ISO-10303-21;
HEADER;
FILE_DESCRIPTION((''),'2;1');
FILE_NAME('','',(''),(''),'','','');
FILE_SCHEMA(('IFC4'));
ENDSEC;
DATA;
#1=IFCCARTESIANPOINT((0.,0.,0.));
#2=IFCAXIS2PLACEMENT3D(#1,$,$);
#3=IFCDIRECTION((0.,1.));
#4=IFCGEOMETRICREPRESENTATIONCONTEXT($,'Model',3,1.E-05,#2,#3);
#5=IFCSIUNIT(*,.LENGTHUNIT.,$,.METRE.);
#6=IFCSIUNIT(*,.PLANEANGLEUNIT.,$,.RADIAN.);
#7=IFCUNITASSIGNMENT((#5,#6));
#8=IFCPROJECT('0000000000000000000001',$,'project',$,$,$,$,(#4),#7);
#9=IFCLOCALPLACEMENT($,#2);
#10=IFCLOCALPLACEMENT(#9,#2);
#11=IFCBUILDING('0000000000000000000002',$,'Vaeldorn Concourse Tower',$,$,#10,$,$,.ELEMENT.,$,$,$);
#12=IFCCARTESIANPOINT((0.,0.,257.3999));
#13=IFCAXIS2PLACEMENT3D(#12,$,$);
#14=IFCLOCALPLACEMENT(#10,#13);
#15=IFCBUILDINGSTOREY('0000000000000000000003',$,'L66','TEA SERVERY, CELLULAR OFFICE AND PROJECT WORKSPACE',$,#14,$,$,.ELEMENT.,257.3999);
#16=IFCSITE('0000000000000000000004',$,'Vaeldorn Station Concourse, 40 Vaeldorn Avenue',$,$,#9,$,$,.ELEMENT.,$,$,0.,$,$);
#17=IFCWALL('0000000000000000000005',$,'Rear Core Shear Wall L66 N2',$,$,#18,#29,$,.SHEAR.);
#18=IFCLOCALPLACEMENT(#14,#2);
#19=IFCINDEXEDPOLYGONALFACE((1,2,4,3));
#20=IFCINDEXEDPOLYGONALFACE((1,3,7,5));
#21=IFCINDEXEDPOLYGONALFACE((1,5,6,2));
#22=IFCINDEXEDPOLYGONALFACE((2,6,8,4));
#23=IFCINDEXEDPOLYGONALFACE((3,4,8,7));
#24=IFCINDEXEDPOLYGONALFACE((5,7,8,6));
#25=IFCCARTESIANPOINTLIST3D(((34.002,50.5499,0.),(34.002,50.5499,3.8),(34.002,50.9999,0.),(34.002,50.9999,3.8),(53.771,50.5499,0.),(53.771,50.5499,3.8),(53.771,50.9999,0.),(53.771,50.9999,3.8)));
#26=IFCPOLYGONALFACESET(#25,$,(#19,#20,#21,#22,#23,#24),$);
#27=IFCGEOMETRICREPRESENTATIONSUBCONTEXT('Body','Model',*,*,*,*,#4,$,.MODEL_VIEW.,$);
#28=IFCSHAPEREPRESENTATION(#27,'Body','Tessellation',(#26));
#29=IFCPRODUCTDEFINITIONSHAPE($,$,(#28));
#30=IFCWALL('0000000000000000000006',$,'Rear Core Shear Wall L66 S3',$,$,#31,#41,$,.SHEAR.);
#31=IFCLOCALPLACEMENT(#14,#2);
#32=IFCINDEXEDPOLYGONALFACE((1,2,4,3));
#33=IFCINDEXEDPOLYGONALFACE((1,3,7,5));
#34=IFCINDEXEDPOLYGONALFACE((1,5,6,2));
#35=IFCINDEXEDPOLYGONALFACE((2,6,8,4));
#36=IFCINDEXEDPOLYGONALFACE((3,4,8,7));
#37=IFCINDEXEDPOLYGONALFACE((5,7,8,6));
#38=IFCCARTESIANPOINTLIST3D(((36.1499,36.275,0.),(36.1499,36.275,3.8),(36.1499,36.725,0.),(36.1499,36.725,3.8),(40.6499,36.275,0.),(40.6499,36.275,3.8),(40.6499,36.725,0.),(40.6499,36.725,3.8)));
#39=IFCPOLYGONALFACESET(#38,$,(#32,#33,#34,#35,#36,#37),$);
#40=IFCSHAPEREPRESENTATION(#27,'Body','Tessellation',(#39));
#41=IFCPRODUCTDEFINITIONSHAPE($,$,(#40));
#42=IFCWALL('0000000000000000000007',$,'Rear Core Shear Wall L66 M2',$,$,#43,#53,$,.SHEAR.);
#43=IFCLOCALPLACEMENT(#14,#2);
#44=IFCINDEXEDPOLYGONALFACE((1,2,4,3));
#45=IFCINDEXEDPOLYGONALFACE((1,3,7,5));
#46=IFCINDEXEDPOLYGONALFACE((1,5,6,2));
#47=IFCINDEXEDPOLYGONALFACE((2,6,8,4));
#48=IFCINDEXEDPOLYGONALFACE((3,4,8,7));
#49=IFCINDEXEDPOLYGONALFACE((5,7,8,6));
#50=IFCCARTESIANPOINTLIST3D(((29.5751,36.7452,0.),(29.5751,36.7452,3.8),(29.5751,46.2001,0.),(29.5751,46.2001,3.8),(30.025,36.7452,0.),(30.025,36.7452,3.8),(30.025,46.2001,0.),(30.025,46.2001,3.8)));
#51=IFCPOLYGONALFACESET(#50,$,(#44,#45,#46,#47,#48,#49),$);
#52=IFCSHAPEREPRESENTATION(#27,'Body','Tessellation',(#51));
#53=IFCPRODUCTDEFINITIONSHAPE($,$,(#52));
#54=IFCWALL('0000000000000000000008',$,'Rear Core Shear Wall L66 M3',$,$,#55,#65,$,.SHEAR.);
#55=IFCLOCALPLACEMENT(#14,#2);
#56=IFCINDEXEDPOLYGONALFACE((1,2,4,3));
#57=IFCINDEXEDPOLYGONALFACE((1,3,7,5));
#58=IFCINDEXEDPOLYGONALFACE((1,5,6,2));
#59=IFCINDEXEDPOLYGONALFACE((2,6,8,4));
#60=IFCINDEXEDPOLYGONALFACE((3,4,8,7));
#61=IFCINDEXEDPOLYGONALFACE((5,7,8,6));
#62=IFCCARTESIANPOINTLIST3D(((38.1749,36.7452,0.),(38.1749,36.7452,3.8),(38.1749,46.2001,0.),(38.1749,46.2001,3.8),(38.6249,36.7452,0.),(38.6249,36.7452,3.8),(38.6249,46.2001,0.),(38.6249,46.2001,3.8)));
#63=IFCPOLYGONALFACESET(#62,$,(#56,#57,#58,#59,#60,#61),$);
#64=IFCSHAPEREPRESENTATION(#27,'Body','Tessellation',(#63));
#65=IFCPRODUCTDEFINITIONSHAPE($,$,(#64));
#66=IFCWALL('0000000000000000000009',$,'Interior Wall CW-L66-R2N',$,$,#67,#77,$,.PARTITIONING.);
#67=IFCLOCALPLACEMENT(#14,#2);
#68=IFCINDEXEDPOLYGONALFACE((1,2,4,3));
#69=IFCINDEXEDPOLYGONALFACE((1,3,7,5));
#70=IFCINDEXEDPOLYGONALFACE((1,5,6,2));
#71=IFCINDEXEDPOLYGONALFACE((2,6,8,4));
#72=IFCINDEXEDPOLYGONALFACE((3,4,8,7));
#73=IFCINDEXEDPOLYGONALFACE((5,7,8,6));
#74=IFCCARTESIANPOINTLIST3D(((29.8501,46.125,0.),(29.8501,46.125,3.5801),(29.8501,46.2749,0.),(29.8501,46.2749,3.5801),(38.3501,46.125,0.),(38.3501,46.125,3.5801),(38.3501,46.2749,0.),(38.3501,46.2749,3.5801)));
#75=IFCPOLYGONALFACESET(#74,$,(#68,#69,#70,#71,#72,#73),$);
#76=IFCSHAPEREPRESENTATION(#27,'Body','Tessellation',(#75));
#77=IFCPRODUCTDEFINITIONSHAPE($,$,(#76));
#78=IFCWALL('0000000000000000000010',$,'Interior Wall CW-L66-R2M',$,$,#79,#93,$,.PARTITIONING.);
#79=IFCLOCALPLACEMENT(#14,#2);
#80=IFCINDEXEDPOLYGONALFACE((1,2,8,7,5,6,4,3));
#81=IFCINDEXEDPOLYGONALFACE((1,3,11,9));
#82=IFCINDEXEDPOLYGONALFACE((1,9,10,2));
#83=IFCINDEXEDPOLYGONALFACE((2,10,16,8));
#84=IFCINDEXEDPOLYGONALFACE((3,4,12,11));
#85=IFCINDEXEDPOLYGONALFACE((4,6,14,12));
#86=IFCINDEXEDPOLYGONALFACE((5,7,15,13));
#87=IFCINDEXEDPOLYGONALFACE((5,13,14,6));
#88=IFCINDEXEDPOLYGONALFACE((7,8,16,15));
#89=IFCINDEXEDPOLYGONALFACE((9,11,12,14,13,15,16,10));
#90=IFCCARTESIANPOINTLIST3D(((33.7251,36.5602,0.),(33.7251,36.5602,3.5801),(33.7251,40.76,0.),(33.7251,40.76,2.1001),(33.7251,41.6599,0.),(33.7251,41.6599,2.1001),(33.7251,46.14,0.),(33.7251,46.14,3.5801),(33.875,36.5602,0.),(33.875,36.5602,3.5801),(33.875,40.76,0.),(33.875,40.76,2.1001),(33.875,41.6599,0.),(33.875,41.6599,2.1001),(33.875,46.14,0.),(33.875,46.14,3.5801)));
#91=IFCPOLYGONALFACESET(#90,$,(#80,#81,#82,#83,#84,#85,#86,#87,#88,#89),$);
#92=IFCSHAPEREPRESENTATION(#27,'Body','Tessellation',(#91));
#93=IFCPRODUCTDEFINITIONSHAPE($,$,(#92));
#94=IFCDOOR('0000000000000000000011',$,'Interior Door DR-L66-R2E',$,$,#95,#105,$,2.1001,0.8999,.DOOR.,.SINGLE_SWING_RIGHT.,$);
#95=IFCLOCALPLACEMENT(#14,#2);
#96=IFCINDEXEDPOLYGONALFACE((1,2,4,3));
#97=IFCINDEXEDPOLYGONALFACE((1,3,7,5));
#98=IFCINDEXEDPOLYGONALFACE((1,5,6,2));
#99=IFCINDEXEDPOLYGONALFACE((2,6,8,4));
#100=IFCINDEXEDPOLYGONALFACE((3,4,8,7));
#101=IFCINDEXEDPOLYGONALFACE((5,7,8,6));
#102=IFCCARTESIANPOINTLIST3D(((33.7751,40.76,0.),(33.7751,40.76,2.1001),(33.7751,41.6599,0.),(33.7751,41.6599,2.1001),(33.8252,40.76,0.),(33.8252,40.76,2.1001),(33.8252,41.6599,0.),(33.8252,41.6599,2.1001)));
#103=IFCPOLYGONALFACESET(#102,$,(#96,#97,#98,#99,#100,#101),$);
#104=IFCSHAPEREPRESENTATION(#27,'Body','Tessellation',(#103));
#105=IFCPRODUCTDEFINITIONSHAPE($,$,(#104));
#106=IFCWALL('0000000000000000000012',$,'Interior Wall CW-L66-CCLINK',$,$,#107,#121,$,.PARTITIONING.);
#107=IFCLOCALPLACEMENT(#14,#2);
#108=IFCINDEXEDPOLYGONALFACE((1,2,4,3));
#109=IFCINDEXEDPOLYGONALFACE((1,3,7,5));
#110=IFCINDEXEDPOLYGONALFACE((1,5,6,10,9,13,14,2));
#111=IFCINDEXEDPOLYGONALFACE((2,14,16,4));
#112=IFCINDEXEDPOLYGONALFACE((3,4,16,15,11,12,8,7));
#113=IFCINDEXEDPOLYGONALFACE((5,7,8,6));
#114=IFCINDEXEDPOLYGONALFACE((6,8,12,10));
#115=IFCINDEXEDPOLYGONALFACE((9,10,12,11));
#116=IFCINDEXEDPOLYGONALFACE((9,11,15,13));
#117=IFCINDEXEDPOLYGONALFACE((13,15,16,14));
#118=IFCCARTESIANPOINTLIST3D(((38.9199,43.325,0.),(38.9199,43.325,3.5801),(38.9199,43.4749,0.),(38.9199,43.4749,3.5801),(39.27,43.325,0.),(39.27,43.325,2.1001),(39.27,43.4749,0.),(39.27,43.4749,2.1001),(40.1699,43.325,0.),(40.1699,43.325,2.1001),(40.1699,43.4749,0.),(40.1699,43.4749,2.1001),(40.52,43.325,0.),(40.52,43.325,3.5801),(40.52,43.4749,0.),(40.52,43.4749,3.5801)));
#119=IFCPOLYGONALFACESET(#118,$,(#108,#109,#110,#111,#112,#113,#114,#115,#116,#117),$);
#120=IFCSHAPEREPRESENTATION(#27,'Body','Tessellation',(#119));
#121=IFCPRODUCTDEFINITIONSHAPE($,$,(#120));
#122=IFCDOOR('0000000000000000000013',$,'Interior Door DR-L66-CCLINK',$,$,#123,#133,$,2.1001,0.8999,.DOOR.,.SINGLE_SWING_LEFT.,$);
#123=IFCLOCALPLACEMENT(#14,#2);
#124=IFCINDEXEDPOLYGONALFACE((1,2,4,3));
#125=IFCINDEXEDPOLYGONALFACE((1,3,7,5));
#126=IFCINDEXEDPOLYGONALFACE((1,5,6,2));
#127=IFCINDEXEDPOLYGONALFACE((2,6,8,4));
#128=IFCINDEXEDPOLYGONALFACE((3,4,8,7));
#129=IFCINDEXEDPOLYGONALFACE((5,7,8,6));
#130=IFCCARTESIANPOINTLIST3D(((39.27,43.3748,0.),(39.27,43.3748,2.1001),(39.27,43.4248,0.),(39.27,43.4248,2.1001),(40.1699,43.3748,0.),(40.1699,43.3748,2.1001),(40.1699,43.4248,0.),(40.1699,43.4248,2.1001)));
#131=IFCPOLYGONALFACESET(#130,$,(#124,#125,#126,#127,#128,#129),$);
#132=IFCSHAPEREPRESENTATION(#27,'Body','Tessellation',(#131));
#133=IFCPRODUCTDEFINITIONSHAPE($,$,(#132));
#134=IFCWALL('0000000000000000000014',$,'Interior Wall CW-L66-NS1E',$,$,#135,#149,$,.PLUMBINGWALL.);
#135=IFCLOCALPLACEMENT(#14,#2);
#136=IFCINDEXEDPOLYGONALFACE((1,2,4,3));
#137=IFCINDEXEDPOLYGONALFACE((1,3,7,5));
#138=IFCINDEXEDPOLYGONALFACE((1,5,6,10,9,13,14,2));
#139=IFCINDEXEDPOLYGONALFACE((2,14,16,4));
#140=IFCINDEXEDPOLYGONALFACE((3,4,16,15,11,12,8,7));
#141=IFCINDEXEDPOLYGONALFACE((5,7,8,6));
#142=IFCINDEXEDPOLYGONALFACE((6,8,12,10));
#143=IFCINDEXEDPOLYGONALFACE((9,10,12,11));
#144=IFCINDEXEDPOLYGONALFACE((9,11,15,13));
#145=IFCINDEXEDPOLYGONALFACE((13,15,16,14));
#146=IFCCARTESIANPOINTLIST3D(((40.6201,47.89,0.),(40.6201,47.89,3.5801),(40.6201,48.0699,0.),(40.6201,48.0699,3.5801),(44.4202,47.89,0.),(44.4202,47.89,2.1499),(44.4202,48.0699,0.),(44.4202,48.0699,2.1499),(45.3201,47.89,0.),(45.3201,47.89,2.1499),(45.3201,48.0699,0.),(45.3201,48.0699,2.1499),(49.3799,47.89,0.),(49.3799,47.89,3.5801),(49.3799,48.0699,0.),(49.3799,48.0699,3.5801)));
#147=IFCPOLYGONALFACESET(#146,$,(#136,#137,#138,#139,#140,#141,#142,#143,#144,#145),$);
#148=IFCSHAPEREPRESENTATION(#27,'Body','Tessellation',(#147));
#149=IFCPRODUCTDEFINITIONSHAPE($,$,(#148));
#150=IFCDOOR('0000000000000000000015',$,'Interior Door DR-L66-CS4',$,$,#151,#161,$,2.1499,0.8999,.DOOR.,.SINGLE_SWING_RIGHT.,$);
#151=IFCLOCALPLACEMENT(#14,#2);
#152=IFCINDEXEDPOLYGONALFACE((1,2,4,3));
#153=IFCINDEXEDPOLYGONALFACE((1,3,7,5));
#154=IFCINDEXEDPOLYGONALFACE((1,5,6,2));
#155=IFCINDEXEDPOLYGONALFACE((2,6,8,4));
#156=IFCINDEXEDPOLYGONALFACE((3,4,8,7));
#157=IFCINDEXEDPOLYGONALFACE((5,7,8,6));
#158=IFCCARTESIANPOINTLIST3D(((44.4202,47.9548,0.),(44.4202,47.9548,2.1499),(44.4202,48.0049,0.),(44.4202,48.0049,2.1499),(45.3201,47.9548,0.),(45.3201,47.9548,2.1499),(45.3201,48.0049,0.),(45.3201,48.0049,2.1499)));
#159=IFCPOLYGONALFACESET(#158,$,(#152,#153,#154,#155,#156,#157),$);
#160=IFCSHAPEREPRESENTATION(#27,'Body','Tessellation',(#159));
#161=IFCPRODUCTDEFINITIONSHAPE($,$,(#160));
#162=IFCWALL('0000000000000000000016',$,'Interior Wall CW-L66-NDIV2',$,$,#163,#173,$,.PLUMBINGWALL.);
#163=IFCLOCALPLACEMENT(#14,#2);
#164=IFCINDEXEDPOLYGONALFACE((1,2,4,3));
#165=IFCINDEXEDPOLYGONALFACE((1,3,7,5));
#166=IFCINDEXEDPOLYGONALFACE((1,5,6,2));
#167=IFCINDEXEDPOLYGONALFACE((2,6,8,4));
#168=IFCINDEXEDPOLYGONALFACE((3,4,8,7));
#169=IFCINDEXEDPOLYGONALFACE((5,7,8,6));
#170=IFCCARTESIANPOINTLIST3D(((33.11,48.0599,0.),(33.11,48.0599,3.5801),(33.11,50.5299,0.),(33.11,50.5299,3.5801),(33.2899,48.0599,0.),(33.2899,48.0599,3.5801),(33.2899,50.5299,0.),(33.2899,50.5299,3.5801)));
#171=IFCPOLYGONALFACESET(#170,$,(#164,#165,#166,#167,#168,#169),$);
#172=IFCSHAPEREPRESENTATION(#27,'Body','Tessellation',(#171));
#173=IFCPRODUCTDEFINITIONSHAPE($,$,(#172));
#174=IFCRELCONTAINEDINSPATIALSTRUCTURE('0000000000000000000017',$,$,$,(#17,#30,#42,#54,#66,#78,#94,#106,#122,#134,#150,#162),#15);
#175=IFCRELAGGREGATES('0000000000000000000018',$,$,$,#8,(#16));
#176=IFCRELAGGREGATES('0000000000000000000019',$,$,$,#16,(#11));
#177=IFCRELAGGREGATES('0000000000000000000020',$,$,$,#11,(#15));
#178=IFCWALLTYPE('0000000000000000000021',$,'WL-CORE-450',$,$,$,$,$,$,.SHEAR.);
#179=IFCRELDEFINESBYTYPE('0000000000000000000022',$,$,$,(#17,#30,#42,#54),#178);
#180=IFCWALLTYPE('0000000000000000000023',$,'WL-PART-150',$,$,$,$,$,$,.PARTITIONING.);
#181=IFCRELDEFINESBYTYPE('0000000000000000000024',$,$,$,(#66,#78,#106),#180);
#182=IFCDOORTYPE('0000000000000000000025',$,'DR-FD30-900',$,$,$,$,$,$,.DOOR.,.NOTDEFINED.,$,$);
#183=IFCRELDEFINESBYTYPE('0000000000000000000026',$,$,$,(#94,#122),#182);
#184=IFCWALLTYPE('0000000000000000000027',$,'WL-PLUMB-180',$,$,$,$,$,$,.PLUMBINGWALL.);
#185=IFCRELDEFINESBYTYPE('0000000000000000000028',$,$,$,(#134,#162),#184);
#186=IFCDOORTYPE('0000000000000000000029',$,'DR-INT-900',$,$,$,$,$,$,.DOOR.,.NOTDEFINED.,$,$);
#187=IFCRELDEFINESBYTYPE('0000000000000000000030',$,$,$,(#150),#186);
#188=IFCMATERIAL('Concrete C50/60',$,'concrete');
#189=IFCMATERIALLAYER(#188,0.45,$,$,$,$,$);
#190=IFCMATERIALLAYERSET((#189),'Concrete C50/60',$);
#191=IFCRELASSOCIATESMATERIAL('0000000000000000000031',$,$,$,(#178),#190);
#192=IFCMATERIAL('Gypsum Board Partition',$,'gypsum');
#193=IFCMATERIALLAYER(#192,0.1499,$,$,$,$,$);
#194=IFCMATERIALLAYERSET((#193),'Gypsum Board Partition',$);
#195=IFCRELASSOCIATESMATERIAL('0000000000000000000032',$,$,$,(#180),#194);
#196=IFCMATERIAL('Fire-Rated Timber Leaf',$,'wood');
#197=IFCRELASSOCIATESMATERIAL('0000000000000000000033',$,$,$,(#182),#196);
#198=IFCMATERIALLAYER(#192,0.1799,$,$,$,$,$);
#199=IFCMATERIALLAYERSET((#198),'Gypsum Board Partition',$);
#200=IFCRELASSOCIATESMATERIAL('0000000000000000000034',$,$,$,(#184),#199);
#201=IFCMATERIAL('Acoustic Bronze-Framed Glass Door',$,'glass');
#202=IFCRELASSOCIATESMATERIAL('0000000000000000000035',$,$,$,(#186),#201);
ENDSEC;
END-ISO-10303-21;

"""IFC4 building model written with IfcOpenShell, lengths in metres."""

from ifc_helpers import new_model, si_unit, direction, frame, frame_2d, origin, place, context, subcontext, project, spatial, rectangle, extrude, source, transform, mapped, material, layer, layer_set, type_object, element, fill, save


model = new_model("IFC4")

# Units and contexts
model_context = context("Model", 3, precision=1e-05, world=origin(), true_north=direction((0.0, 1.0)))
body_context = subcontext(model_context, "Body", "Model", "MODEL_VIEW")
ifc_project = project(units=[si_unit("LENGTHUNIT", "METRE"), si_unit("PLANEANGLEUNIT", "RADIAN")], contexts=[model_context])

# Site, building, storey
site_placement = place(None, origin())
site = spatial("IfcSite", under=ifc_project, at=site_placement, Name="Vaeldorn Station Concourse, 40 Vaeldorn Avenue", CompositionType="ELEMENT", RefElevation=0.0)
building_placement = place(site_placement, origin())
building = spatial("IfcBuilding", under=site, at=building_placement, Name="Vaeldorn Concourse Tower", CompositionType="ELEMENT")
storey_placement = place(building_placement, frame((0.0, 0.0, 257.3999)))
storey = spatial("IfcBuildingStorey", under=building, at=storey_placement, Name="L66", Description="TEA SERVERY, CELLULAR OFFICE AND PROJECT WORKSPACE", CompositionType="ELEMENT", Elevation=257.3999)

# Walls
ifc_material_1 = material(Name="Concrete C50/60", Category="concrete")
ifc_layer_1 = layer(ifc_material_1, 0.45)
ifc_layer_set_1 = layer_set([ifc_layer_1], Name="Concrete C50/60")
wall_type_1 = type_object("IfcWallType", Name="WL-CORE-450", PredefinedType="SHEAR", material=ifc_layer_set_1)
wall_1_placement = place(storey_placement, frame((34.002, 50.7749, 0.0), z_axis=(0.0, 0.0, 1.0), x_axis=(1.0, 0.0, 0.0)))
element("IfcWall", 1, at=wall_1_placement, inside=storey, type_object=wall_type_1, Name="Rear Core Shear Wall L66 N2", PredefinedType="SHEAR", context=body_context, shape_type="SweptSolid", body=[
    extrude(rectangle(XDim=19.769, YDim=0.45, at=frame_2d((9.8845, 0.0))), origin(), (0.0, 0.0, 1.0), 3.8),
])
wall_2_placement = place(storey_placement, frame((36.1499, 36.5, 0.0), z_axis=(0.0, 0.0, 1.0), x_axis=(1.0, 0.0, 0.0)))
element("IfcWall", 2, at=wall_2_placement, inside=storey, type_object=wall_type_1, Name="Rear Core Shear Wall L66 S3", PredefinedType="SHEAR", context=body_context, shape_type="SweptSolid", body=[
    extrude(rectangle(XDim=4.5, YDim=0.45, at=frame_2d((2.25, 0.0))), origin(), (0.0, 0.0, 1.0), 3.8),
])
for number, where, z_axis, x_axis, name in (
    (3, (29.8, 36.7451, 0.0), (0.0, 0.0, 1.0), (0.0, 1.0, 0.0), "Rear Core Shear Wall L66 M2"),
    (4, (38.3999, 36.7451, 0.0), (0.0, 0.0, 1.0), (0.0, 1.0, 0.0), "Rear Core Shear Wall L66 M3"),
):
    element("IfcWall", number, at=place(storey_placement, frame(where, z_axis=z_axis, x_axis=x_axis)), inside=storey, type_object=wall_type_1, Name=name, PredefinedType="SHEAR", context=body_context, shape_type="SweptSolid", body=[
        extrude(rectangle(XDim=9.4548, YDim=0.45, at=frame_2d((4.7275, 0.0))), origin(), (0.0, 0.0, 1.0), 3.8),
    ])
ifc_material_2 = material(Name="Gypsum Board Partition", Category="gypsum")
ifc_layer_2 = layer(ifc_material_2, 0.1499)
ifc_layer_set_2 = layer_set([ifc_layer_2], Name="Gypsum Board Partition")
wall_type_2 = type_object("IfcWallType", Name="WL-PART-150", PredefinedType="PARTITIONING", material=ifc_layer_set_2)
wall_3_placement = place(storey_placement, frame((29.8501, 46.2, 0.0), z_axis=(0.0, 0.0, 1.0), x_axis=(1.0, 0.0, 0.0)))
element("IfcWall", 5, at=wall_3_placement, inside=storey, type_object=wall_type_2, Name="Interior Wall CW-L66-R2N", PredefinedType="PARTITIONING", context=body_context, shape_type="SweptSolid", body=[
    extrude(rectangle(XDim=8.5, YDim=0.1499, at=frame_2d((4.25, 0.0))), origin(), (0.0, 0.0, 1.0), 3.5801),
])

# Walls, openings, doors
wall_4_placement = place(storey_placement, frame((33.8, 36.5601, 0.0), z_axis=(0.0, 0.0, 1.0), x_axis=(0.0, 1.0, 0.0)))
wall_4 = element("IfcWall", 6, at=wall_4_placement, inside=storey, type_object=wall_type_2, Name="Interior Wall CW-L66-R2M", PredefinedType="PARTITIONING", context=body_context, shape_type="SweptSolid", body=[
    extrude(rectangle(XDim=9.5798, YDim=0.1499, at=frame_2d((4.79, 0.0))), origin(), (0.0, 0.0, 1.0), 3.5801),
])
opening_1_placement = place(wall_4_placement, frame((4.2, 0.0, 0.0)))
opening_1 = element("IfcOpeningElement", 7, at=opening_1_placement, cuts=wall_4, PredefinedType="OPENING", context=body_context, shape_type="SweptSolid", body=[
    extrude(rectangle(XDim=0.8999, YDim=2.1001, at=frame_2d((0.45, 1.05))), frame((0.0, 0.085, 0.0), z_axis=(0.0, -1.0, 0.0), x_axis=(1.0, 0.0, 0.0)), (0.0, 0.0, 1.0), 0.1699),
])
ifc_material_3 = material(Name="Fire-Rated Timber Leaf", Category="wood")
door_type_1 = type_object("IfcDoorType", Name="DR-FD30-900", OperationType="NOTDEFINED", PredefinedType="DOOR", material=ifc_material_3)
shared_shape_1 = source(origin(), body_context, "Body", "SweptSolid", [
    extrude(rectangle(XDim=0.8999, YDim=2.1001, at=frame_2d((0.45, 1.05))), frame((0.0, 0.0249, 0.0), z_axis=(0.0, -1.0, 0.0), x_axis=(1.0, 0.0, 0.0)), (0.0, 0.0, 1.0), 0.05),
])
door_1_placement = place(opening_1_placement, origin())
door_1 = element("IfcDoor", 8, at=door_1_placement, inside=storey, type_object=door_type_1, Name="Interior Door DR-L66-R2E", OperationType="SINGLE_SWING_RIGHT", OverallHeight=2.1001, OverallWidth=0.8999, PredefinedType="DOOR", context=body_context, shape_type="MappedRepresentation", body=[
    mapped(shared_shape_1, transform((0.0, 0.0, 0.0), scale=1.0)),
])
fill(opening_1, door_1)
wall_5_placement = place(storey_placement, frame((38.9199, 43.3999, 0.0), z_axis=(0.0, 0.0, 1.0), x_axis=(1.0, 0.0, 0.0)))
wall_5 = element("IfcWall", 9, at=wall_5_placement, inside=storey, type_object=wall_type_2, Name="Interior Wall CW-L66-CCLINK", PredefinedType="PARTITIONING", context=body_context, shape_type="SweptSolid", body=[
    extrude(rectangle(XDim=1.6001, YDim=0.1499, at=frame_2d((0.8, 0.0))), origin(), (0.0, 0.0, 1.0), 3.5801),
])
opening_2_placement = place(wall_5_placement, frame((0.3501, 0.0, 0.0)))
opening_2 = element("IfcOpeningElement", 10, at=opening_2_placement, cuts=wall_5, PredefinedType="OPENING", context=body_context, shape_type="SweptSolid", body=[
    extrude(rectangle(XDim=0.8999, YDim=2.1001, at=frame_2d((0.45, 1.05))), frame((0.0, 0.085, 0.0), z_axis=(0.0, -1.0, 0.0), x_axis=(1.0, 0.0, 0.0)), (0.0, 0.0, 1.0), 0.1699),
])
door_2_placement = place(opening_2_placement, origin())
door_2 = element("IfcDoor", 11, at=door_2_placement, inside=storey, type_object=door_type_1, Name="Interior Door DR-L66-CCLINK", OperationType="SINGLE_SWING_LEFT", OverallHeight=2.1001, OverallWidth=0.8999, PredefinedType="DOOR", context=body_context, shape_type="MappedRepresentation", body=[
    mapped(shared_shape_1, transform((0.0, 0.0, 0.0), scale=1.0)),
])
fill(opening_2, door_2)
ifc_layer_3 = layer(ifc_material_2, 0.1799)
ifc_layer_set_3 = layer_set([ifc_layer_3], Name="Gypsum Board Partition")
wall_type_3 = type_object("IfcWallType", Name="WL-PLUMB-180", PredefinedType="PLUMBINGWALL", material=ifc_layer_set_3)
wall_6_placement = place(storey_placement, frame((40.6201, 47.98, 0.0), z_axis=(0.0, 0.0, 1.0), x_axis=(1.0, 0.0, 0.0)))
wall_6 = element("IfcWall", 12, at=wall_6_placement, inside=storey, type_object=wall_type_3, Name="Interior Wall CW-L66-NS1E", PredefinedType="PLUMBINGWALL", context=body_context, shape_type="SweptSolid", body=[
    extrude(rectangle(XDim=8.7598, YDim=0.1799, at=frame_2d((4.3799, 0.0))), origin(), (0.0, 0.0, 1.0), 3.5801),
])
opening_3_placement = place(wall_6_placement, frame((3.8, 0.0, 0.0)))
opening_3 = element("IfcOpeningElement", 13, at=opening_3_placement, cuts=wall_6, PredefinedType="OPENING", context=body_context, shape_type="SweptSolid", body=[
    extrude(rectangle(XDim=0.8999, YDim=2.1499, at=frame_2d((0.45, 1.075))), frame((0.0, 0.1001, 0.0), z_axis=(0.0, -1.0, 0.0), x_axis=(1.0, 0.0, 0.0)), (0.0, 0.0, 1.0), 0.2),
])
ifc_material_4 = material(Name="Acoustic Bronze-Framed Glass Door", Category="glass")
door_type_2 = type_object("IfcDoorType", Name="DR-INT-900", OperationType="NOTDEFINED", PredefinedType="DOOR", material=ifc_material_4)
shared_shape_2 = source(origin(), body_context, "Body", "SweptSolid", [
    extrude(rectangle(XDim=0.8999, YDim=2.1499, at=frame_2d((0.45, 1.075))), frame((0.0, 0.0249, 0.0), z_axis=(0.0, -1.0, 0.0), x_axis=(1.0, 0.0, 0.0)), (0.0, 0.0, 1.0), 0.05),
])
door_3_placement = place(opening_3_placement, origin())
door_3 = element("IfcDoor", 14, at=door_3_placement, inside=storey, type_object=door_type_2, Name="Interior Door DR-L66-CS4", OperationType="SINGLE_SWING_RIGHT", OverallHeight=2.1499, OverallWidth=0.8999, PredefinedType="DOOR", context=body_context, shape_type="MappedRepresentation", body=[
    mapped(shared_shape_2, transform((0.0, 0.0, 0.0), scale=1.0)),
])
fill(opening_3, door_3)

# Wall
for number, where, z_axis, x_axis, name in (
    (15, (33.2, 48.0601, 0.0), (0.0, 0.0, 1.0), (0.0, 1.0, 0.0), "Interior Wall CW-L66-NDIV2"),
):
    element("IfcWall", number, at=place(storey_placement, frame(where, z_axis=z_axis, x_axis=x_axis)), inside=storey, type_object=wall_type_3, Name=name, PredefinedType="PLUMBINGWALL", context=body_context, shape_type="SweptSolid", body=[
        extrude(rectangle(XDim=2.47, YDim=0.1799, at=frame_2d((1.2349, 0.0))), origin(), (0.0, 0.0, 1.0), 3.5801),
    ])

save(model, "model.ifc")
